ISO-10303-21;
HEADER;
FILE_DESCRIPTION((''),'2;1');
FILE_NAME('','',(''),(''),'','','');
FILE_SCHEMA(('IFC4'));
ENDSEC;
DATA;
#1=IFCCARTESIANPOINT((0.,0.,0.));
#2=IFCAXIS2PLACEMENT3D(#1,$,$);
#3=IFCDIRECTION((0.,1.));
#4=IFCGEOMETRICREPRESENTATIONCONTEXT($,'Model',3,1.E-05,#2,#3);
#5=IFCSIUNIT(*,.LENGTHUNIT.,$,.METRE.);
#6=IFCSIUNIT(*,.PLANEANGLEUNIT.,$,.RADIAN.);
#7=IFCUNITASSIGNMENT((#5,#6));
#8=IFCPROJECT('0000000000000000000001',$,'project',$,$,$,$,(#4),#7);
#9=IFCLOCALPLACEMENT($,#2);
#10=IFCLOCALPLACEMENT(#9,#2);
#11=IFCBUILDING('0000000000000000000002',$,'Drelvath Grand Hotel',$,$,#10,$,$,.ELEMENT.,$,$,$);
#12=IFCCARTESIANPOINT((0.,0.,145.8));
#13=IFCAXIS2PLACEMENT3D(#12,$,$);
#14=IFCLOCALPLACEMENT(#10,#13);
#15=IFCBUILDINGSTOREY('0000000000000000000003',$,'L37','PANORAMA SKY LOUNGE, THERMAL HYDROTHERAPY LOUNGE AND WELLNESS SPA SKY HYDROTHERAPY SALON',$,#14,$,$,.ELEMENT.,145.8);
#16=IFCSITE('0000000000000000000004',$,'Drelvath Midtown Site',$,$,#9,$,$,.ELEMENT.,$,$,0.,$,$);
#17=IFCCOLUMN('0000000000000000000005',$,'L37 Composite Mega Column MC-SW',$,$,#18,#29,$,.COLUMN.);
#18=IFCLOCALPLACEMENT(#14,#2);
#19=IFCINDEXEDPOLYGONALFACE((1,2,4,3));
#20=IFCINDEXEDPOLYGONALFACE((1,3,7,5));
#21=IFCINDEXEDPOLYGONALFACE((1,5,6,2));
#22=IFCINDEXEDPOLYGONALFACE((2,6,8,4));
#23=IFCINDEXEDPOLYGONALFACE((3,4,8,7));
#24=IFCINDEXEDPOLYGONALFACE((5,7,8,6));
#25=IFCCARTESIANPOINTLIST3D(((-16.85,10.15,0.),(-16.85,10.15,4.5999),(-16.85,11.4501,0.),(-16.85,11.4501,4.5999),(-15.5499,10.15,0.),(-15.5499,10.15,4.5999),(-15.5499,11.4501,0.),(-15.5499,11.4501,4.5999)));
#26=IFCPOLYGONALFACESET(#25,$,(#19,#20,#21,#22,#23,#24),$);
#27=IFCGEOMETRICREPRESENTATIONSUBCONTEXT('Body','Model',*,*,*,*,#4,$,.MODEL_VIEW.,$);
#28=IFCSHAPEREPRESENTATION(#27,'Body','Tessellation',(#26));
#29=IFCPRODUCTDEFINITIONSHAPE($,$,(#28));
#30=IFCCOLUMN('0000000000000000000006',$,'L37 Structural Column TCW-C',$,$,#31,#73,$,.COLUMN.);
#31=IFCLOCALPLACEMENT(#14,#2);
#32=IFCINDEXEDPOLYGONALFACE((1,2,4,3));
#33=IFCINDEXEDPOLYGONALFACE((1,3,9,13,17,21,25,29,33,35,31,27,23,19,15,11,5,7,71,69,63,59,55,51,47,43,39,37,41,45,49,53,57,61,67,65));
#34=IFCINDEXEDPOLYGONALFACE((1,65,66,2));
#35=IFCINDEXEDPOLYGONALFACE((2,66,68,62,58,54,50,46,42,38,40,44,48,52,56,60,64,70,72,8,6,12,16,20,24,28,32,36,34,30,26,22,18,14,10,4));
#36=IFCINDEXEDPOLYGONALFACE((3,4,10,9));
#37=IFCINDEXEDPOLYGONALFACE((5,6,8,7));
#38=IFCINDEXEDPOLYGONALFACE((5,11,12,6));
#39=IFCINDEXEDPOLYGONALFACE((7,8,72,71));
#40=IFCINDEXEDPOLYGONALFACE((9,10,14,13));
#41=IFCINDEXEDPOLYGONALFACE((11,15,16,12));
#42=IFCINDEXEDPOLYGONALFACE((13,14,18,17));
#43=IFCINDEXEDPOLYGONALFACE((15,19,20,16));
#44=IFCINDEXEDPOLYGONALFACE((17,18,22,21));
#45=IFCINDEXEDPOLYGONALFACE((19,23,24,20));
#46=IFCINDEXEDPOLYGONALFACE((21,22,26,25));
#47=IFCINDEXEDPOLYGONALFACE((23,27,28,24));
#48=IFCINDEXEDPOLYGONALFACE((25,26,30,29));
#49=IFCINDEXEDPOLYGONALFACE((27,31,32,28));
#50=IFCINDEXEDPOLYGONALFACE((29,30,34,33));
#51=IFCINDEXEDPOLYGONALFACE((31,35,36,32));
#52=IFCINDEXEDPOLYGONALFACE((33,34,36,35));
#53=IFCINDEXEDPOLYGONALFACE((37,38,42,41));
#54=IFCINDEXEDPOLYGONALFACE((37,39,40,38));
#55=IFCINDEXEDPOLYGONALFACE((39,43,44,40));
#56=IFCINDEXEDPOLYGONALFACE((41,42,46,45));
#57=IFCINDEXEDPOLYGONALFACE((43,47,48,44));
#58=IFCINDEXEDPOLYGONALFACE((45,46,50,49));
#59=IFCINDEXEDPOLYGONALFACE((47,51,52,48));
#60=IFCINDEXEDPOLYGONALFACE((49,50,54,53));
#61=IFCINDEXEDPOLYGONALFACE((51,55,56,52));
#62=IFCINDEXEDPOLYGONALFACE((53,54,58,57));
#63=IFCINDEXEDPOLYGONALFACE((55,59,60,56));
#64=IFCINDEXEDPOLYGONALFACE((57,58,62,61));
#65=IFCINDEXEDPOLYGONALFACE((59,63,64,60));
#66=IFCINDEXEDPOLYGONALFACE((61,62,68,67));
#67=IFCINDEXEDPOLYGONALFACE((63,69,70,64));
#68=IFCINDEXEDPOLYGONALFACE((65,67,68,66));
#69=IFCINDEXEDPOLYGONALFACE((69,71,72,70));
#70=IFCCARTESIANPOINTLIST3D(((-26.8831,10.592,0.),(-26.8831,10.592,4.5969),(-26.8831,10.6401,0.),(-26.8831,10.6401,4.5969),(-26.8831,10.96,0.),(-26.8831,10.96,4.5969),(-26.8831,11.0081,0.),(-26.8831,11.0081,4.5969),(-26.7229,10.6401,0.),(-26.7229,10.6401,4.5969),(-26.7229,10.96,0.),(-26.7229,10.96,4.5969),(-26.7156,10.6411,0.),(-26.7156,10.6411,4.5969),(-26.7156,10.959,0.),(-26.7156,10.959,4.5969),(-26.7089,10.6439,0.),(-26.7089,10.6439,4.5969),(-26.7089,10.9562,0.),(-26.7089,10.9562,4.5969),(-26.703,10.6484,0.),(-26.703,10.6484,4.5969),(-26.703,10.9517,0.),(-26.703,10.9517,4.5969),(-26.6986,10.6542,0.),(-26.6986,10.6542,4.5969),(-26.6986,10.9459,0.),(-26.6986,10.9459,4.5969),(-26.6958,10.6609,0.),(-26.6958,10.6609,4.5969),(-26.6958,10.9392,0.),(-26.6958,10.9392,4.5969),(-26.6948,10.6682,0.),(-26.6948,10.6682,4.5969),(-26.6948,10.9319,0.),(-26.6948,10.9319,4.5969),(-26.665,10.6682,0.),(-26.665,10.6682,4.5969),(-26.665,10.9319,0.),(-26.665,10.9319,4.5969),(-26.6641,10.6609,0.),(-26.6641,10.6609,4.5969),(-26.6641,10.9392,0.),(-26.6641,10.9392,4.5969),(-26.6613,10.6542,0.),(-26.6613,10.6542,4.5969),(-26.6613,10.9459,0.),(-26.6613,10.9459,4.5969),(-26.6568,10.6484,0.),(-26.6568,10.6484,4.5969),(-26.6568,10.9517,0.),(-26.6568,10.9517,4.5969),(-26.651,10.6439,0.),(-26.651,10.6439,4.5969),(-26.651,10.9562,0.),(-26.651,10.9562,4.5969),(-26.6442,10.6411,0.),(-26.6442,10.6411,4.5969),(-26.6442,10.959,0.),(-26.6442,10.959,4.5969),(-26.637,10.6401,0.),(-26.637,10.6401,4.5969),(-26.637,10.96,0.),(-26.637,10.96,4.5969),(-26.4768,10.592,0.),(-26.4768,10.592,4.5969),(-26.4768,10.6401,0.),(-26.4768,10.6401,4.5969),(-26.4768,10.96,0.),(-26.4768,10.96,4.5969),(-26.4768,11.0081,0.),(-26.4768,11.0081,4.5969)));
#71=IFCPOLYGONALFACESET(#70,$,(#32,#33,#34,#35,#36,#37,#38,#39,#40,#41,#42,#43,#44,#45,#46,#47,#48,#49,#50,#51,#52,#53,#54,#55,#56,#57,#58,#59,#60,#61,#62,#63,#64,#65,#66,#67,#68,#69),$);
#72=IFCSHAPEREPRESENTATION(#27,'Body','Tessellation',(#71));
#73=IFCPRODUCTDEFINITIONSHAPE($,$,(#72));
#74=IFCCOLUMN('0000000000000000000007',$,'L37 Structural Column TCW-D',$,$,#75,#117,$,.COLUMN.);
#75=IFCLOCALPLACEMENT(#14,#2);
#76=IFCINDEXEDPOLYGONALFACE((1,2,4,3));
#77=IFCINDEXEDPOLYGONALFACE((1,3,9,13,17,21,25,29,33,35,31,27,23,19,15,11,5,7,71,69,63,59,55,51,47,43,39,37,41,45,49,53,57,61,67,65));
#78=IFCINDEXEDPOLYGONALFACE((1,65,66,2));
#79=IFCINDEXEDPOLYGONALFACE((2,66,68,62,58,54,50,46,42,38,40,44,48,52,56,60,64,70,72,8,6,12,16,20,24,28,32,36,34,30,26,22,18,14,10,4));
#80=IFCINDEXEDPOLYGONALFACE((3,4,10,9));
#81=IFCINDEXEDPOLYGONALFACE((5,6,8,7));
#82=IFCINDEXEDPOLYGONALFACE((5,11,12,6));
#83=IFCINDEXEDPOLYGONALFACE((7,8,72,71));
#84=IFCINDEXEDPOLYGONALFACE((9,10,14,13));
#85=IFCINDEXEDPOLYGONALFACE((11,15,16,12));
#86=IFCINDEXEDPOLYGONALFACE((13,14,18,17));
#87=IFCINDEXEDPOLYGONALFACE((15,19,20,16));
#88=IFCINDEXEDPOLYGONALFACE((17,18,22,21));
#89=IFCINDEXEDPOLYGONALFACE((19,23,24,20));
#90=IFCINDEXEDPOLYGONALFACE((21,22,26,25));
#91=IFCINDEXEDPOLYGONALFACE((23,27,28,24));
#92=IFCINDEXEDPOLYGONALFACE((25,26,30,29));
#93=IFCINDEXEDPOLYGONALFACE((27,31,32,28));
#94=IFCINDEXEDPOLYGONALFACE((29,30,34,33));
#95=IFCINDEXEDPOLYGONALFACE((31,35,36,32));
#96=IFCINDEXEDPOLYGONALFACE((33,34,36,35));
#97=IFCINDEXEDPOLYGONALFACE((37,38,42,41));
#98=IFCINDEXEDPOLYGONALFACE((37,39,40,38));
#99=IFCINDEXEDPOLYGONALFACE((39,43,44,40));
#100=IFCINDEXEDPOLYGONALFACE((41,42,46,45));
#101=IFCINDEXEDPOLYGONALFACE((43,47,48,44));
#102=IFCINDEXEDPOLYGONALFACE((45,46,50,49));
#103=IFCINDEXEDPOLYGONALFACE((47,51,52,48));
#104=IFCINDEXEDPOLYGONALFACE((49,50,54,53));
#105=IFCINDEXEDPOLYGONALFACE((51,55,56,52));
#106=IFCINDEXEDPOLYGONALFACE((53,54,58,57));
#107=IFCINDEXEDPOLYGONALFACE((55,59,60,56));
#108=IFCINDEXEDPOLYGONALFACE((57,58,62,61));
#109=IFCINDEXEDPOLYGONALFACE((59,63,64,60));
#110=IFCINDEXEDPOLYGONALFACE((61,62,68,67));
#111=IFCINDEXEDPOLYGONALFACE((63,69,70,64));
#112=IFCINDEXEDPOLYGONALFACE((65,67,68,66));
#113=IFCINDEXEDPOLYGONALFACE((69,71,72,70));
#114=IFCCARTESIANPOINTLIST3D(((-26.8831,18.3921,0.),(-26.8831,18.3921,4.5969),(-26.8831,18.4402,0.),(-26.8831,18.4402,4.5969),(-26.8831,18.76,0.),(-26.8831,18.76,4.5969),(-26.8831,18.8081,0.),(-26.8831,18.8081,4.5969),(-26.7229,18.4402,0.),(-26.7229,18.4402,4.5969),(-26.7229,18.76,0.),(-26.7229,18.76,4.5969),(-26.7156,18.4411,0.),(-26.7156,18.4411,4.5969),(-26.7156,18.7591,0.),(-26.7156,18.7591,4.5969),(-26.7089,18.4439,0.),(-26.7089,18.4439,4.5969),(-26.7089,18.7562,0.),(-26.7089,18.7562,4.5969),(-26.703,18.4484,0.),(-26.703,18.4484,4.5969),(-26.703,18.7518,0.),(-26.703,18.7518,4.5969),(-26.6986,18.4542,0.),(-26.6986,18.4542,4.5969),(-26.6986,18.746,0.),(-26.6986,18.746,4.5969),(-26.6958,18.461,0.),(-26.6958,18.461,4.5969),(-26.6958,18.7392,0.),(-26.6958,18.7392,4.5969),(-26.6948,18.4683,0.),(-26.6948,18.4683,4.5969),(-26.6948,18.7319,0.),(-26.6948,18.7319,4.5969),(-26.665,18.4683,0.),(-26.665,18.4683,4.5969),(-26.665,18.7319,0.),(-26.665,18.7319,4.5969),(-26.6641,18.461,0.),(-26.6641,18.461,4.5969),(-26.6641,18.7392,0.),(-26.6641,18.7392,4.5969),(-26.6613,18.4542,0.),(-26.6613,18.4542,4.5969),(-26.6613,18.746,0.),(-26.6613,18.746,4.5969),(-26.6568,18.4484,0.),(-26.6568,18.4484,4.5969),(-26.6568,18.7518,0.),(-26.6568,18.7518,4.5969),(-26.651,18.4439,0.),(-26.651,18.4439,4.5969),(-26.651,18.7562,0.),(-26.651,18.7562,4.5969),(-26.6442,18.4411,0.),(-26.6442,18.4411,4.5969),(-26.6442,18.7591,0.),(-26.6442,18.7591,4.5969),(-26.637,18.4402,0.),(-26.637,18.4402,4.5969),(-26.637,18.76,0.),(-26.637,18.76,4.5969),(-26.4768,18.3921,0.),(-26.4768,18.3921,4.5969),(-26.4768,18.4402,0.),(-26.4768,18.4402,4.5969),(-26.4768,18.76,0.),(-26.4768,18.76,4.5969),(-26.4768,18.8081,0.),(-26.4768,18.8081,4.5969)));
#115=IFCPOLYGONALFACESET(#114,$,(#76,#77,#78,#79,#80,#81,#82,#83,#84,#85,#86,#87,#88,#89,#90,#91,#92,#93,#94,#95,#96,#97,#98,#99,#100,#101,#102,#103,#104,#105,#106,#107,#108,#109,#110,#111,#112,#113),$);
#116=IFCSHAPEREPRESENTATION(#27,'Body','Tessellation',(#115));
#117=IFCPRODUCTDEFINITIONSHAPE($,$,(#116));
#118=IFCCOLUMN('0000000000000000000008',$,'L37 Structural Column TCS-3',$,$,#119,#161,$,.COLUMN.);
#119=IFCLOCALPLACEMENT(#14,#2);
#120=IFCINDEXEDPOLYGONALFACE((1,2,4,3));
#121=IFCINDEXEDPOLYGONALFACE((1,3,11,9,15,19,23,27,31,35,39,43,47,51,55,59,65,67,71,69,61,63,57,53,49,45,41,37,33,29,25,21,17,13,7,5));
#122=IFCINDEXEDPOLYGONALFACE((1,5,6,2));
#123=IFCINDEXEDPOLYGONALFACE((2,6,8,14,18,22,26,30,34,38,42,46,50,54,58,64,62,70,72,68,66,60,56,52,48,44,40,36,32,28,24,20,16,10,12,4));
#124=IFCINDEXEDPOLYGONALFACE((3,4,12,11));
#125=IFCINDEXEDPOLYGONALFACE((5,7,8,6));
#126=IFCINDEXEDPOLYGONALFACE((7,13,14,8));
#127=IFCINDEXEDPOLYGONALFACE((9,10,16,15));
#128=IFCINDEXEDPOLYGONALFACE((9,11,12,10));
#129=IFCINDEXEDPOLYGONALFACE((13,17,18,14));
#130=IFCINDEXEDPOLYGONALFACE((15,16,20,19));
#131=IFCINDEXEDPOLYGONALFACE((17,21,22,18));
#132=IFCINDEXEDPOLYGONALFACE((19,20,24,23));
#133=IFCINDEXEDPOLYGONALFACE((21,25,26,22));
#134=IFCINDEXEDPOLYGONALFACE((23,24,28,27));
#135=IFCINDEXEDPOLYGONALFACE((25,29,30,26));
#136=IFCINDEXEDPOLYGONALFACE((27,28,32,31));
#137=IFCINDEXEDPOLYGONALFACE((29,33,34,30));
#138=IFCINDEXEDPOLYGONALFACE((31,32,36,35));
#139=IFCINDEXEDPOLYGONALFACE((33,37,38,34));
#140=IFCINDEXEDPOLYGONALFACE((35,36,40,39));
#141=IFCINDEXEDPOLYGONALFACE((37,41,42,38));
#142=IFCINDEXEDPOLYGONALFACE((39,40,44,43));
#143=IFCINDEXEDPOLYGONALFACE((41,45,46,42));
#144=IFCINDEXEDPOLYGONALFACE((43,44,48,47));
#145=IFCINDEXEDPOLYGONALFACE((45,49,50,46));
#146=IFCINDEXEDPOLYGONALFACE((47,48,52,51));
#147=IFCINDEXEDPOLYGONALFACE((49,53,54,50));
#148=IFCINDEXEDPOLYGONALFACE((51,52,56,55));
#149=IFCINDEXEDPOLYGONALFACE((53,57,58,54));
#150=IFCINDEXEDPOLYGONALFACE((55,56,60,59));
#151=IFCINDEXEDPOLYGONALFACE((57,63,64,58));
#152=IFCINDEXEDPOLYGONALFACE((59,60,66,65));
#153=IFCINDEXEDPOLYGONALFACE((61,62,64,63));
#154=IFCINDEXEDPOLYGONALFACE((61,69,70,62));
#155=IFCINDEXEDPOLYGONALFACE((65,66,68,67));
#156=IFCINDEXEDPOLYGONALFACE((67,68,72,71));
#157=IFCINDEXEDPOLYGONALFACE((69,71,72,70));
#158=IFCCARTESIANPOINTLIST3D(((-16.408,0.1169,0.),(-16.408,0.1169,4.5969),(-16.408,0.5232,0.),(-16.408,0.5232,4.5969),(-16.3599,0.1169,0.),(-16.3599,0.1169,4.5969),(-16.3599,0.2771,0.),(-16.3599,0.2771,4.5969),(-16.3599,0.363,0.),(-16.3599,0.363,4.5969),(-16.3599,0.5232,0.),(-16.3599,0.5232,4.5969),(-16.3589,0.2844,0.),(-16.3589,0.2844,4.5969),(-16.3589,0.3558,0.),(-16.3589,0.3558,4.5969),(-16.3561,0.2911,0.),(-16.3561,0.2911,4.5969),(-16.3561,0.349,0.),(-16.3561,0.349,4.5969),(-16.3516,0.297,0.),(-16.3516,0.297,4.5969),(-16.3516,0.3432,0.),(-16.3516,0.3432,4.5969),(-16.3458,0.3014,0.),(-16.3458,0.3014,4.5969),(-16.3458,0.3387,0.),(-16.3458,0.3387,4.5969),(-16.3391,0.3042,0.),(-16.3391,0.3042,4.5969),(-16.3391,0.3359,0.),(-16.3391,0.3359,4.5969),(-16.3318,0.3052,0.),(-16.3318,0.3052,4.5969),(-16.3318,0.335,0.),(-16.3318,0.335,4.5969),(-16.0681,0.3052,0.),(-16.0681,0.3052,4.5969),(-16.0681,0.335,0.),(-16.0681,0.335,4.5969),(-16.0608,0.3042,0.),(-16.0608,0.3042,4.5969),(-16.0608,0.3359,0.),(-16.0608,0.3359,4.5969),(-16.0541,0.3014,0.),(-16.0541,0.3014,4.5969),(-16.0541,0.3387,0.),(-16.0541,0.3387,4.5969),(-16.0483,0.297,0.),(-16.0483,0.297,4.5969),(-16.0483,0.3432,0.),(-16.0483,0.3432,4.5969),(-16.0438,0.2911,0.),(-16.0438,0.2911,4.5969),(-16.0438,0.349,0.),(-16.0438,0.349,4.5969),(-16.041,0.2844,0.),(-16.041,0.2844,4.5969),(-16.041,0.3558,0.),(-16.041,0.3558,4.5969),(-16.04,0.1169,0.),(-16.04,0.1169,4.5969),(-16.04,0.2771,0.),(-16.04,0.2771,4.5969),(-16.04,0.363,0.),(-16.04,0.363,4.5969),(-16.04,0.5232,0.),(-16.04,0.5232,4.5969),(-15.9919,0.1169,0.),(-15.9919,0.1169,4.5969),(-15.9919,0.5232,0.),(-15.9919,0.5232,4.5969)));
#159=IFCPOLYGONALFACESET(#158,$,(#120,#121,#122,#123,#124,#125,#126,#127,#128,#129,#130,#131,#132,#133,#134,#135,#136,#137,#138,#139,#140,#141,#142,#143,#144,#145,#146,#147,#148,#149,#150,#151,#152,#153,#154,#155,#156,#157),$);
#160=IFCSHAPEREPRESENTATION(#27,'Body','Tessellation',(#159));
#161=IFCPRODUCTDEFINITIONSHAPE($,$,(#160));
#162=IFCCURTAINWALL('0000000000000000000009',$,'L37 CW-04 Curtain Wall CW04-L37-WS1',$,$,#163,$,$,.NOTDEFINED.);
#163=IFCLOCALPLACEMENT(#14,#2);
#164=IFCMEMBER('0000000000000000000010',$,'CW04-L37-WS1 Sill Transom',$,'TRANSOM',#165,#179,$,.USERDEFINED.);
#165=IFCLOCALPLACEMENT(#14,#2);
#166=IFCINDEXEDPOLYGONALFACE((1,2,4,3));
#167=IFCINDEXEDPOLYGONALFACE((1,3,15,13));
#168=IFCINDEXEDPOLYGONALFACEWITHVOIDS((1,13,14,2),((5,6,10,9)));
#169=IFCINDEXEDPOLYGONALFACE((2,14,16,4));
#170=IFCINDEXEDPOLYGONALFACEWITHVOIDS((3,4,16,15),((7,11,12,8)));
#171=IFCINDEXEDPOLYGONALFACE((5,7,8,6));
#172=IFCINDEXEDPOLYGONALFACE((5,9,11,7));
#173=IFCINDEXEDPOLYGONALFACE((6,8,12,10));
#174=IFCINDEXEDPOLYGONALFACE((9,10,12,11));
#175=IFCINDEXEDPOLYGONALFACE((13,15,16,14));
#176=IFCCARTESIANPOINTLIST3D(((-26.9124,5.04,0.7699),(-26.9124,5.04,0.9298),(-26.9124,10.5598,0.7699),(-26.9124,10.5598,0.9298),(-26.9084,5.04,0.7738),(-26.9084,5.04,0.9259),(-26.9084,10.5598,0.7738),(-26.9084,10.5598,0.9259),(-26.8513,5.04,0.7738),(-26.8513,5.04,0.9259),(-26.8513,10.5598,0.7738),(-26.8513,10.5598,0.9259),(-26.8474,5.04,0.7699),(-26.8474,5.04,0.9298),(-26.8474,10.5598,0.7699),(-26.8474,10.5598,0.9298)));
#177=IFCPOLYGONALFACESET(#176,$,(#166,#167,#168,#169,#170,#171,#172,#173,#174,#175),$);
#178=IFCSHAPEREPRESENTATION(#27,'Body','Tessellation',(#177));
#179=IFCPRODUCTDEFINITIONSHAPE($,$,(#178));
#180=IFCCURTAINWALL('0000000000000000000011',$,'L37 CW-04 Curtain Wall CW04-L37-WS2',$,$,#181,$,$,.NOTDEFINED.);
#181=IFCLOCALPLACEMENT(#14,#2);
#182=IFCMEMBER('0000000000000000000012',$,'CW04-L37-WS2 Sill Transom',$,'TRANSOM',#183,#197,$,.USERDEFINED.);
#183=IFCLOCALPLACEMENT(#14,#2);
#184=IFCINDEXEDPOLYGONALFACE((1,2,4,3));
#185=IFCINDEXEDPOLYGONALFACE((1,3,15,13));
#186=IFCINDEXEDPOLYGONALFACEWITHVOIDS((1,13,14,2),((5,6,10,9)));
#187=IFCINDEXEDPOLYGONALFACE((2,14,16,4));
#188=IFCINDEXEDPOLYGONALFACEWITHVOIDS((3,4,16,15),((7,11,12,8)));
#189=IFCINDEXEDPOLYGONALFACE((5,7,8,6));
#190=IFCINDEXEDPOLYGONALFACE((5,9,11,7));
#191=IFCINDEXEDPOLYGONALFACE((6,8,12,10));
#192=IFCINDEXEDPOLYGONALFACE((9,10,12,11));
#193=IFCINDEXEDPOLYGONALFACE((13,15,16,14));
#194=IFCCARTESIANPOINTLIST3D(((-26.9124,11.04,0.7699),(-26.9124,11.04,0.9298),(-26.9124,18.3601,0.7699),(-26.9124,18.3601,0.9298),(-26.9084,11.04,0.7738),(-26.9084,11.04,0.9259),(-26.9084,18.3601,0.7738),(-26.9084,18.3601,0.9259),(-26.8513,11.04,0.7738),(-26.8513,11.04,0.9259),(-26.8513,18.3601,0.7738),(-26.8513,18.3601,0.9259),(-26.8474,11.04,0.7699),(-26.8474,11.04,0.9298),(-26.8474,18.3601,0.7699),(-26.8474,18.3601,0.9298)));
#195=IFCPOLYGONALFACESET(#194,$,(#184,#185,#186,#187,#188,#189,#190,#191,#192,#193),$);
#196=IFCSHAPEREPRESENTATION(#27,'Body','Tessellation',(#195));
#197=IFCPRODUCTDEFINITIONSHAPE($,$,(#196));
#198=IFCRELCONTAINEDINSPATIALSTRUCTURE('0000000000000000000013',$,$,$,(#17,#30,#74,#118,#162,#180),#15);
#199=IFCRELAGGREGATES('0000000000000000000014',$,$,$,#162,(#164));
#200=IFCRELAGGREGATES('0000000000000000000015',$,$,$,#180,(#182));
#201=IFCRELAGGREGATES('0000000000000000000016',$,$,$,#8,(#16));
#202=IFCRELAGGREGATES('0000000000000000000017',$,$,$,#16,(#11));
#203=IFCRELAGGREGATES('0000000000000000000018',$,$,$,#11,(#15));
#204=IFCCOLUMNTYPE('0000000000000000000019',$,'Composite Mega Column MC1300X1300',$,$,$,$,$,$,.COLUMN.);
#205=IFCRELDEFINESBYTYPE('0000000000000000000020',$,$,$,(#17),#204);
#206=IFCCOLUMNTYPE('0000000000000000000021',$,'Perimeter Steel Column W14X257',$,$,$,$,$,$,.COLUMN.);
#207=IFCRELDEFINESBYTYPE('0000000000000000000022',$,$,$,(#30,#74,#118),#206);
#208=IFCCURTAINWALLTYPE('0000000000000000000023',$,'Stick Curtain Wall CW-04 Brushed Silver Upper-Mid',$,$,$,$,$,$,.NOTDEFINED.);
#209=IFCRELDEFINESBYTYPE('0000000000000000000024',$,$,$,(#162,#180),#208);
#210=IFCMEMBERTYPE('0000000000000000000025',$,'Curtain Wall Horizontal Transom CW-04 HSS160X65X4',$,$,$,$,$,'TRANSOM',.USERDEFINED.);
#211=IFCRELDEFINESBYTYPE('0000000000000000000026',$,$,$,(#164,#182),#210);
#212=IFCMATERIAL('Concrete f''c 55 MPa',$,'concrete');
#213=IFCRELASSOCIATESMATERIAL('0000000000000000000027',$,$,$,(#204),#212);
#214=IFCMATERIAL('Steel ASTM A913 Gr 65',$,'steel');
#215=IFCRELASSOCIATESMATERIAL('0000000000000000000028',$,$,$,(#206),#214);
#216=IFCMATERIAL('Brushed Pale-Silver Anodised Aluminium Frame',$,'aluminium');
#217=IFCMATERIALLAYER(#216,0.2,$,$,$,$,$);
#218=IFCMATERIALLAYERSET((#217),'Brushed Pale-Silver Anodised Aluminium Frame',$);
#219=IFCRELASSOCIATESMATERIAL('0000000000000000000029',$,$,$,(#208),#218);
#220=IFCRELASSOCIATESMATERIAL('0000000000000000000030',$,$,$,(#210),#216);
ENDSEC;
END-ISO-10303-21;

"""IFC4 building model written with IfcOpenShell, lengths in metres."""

from ifc_helpers import new_model, si_unit, direction, frame, origin, origin_2d, place, context, subcontext, project, spatial, rectangle, hollow_rectangle, i_section, extrude, material, layer, layer_set, material_profile, profile_set, type_object, element, aggregate, save


model = new_model("IFC4")

# Units and contexts
model_context = context("Model", 3, precision=1e-05, world=origin(), true_north=direction((0.0, 1.0)))
body_context = subcontext(model_context, "Body", "Model", "MODEL_VIEW")
ifc_project = project(units=[si_unit("LENGTHUNIT", "METRE"), si_unit("PLANEANGLEUNIT", "RADIAN")], contexts=[model_context])

# Site, building, storey
site_placement = place(None, origin())
site = spatial("IfcSite", under=ifc_project, at=site_placement, Name="Drelvath Midtown Site", CompositionType="ELEMENT", RefElevation=0.0)
building_placement = place(site_placement, origin())
building = spatial("IfcBuilding", under=site, at=building_placement, Name="Drelvath Grand Hotel", CompositionType="ELEMENT")
storey_placement = place(building_placement, frame((0.0, 0.0, 145.8)))
storey = spatial("IfcBuildingStorey", under=building, at=storey_placement, Name="L37", Description="PANORAMA SKY LOUNGE, THERMAL HYDROTHERAPY LOUNGE AND WELLNESS SPA SKY HYDROTHERAPY SALON", CompositionType="ELEMENT", Elevation=145.8)

# Columns
ifc_material_1 = material(Name="Concrete f'c 55 MPa", Category="concrete")
ifc_material_profile_1 = material_profile(ifc_material_1, rectangle(XDim=1.3, YDim=1.3, at=origin_2d()), Name="MC1300X1300")
ifc_profile_set_1 = profile_set([ifc_material_profile_1], Name="Concrete f'c 55 MPa")
column_type_1 = type_object("IfcColumnType", Name="Composite Mega Column MC1300X1300", PredefinedType="COLUMN", material=ifc_profile_set_1)
column_placement = place(storey_placement, frame((-16.2, 10.8, 0.0), z_axis=(0.0, 0.0, 1.0), x_axis=(1.0, 0.0, 0.0)))
element("IfcColumn", 1, at=column_placement, inside=storey, type_object=column_type_1, Name="L37 Composite Mega Column MC-SW", PredefinedType="COLUMN", context=body_context, shape_type="SweptSolid", body=[
    extrude(rectangle(XDim=1.3, YDim=1.3, at=origin_2d()), origin(), (0.0, 0.0, 1.0), 4.5999),
])
ifc_material_2 = material(Name="Steel ASTM A913 Gr 65", Category="steel")
ifc_material_profile_2 = material_profile(ifc_material_2, i_section(OverallWidth=0.4062, OverallDepth=0.416, WebThickness=0.0298, FlangeThickness=0.0481, FilletRadius=0.0281, at=origin_2d()), Name="W14X257")
ifc_profile_set_2 = profile_set([ifc_material_profile_2], Name="Steel ASTM A913 Gr 65")
column_type_2 = type_object("IfcColumnType", Name="Perimeter Steel Column W14X257", PredefinedType="COLUMN", material=ifc_profile_set_2)
for number, where, z_axis, x_axis, name in (
    (2, (-26.6799, 10.8, 0.0), (0.0, 0.0, 1.0), (1.0, 0.0, 0.0), "L37 Structural Column TCW-C"),
    (3, (-26.6799, 18.6001, 0.0), (0.0, 0.0, 1.0), (1.0, 0.0, 0.0), "L37 Structural Column TCW-D"),
    (4, (-16.2, 0.3201, 0.0), (0.0, 0.0, 1.0), (0.0, 1.0, 0.0), "L37 Structural Column TCS-3"),
):
    element("IfcColumn", number, at=place(storey_placement, frame(where, z_axis=z_axis, x_axis=x_axis)), inside=storey, type_object=column_type_2, Name=name, PredefinedType="COLUMN", context=body_context, shape_type="SweptSolid", body=[
        extrude(i_section(OverallWidth=0.4062, OverallDepth=0.416, WebThickness=0.0298, FlangeThickness=0.0481, FilletRadius=0.0281, at=origin_2d()), origin(), (0.0, 0.0, 1.0), 4.5969),
    ])

# Curtain walls, members
ifc_material_3 = material(Name="Brushed Pale-Silver Anodised Aluminium Frame", Category="aluminium")
ifc_layer_1 = layer(ifc_material_3, 0.2)
ifc_layer_set_1 = layer_set([ifc_layer_1], Name="Brushed Pale-Silver Anodised Aluminium Frame")
curtain_wall_type = type_object("IfcCurtainWallType", Name="Stick Curtain Wall CW-04 Brushed Silver Upper-Mid", PredefinedType="NOTDEFINED", material=ifc_layer_set_1)
curtain_wall_1_placement = place(storey_placement, origin())
curtain_wall_1 = element("IfcCurtainWall", 5, at=curtain_wall_1_placement, inside=storey, type_object=curtain_wall_type, Name="L37 CW-04 Curtain Wall CW04-L37-WS1", PredefinedType="NOTDEFINED")
ifc_material_profile_3 = material_profile(ifc_material_3, hollow_rectangle(XDim=0.0649, YDim=0.1599, WallThickness=0.0039, at=origin_2d()), Name="HSS160X65X4")
ifc_profile_set_3 = profile_set([ifc_material_profile_3], Name="Brushed Pale-Silver Anodised Aluminium Frame")
member_type_1 = type_object("IfcMemberType", Name="Curtain Wall Horizontal Transom CW-04 HSS160X65X4", ElementType="TRANSOM", PredefinedType="USERDEFINED", material=ifc_profile_set_3)
member_1_placement = place(storey_placement, frame((-26.8799, 5.04, 0.8499), z_axis=(0.0, 1.0, 0.0), x_axis=(-1.0, 0.0, 0.0)))
member_1 = element("IfcMember", 6, at=member_1_placement, type_object=member_type_1, Name="CW04-L37-WS1 Sill Transom", ObjectType="TRANSOM", PredefinedType="USERDEFINED", context=body_context, shape_type="SweptSolid", body=[
    extrude(hollow_rectangle(XDim=0.0649, YDim=0.1599, WallThickness=0.0039, at=origin_2d()), origin(), (0.0, 0.0, 1.0), 5.5198),
])
curtain_wall_2_placement = place(storey_placement, origin())
curtain_wall_2 = element("IfcCurtainWall", 7, at=curtain_wall_2_placement, inside=storey, type_object=curtain_wall_type, Name="L37 CW-04 Curtain Wall CW04-L37-WS2", PredefinedType="NOTDEFINED")
member_2_placement = place(storey_placement, frame((-26.8799, 11.04, 0.8499), z_axis=(0.0, 1.0, 0.0), x_axis=(-1.0, 0.0, 0.0)))
member_2 = element("IfcMember", 8, at=member_2_placement, type_object=member_type_1, Name="CW04-L37-WS2 Sill Transom", ObjectType="TRANSOM", PredefinedType="USERDEFINED", context=body_context, shape_type="SweptSolid", body=[
    extrude(hollow_rectangle(XDim=0.0649, YDim=0.1599, WallThickness=0.0039, at=origin_2d()), origin(), (0.0, 0.0, 1.0), 7.3201),
])

aggregate(curtain_wall_1, [member_1])
aggregate(curtain_wall_2, [member_2])

save(model, "model.ifc")
